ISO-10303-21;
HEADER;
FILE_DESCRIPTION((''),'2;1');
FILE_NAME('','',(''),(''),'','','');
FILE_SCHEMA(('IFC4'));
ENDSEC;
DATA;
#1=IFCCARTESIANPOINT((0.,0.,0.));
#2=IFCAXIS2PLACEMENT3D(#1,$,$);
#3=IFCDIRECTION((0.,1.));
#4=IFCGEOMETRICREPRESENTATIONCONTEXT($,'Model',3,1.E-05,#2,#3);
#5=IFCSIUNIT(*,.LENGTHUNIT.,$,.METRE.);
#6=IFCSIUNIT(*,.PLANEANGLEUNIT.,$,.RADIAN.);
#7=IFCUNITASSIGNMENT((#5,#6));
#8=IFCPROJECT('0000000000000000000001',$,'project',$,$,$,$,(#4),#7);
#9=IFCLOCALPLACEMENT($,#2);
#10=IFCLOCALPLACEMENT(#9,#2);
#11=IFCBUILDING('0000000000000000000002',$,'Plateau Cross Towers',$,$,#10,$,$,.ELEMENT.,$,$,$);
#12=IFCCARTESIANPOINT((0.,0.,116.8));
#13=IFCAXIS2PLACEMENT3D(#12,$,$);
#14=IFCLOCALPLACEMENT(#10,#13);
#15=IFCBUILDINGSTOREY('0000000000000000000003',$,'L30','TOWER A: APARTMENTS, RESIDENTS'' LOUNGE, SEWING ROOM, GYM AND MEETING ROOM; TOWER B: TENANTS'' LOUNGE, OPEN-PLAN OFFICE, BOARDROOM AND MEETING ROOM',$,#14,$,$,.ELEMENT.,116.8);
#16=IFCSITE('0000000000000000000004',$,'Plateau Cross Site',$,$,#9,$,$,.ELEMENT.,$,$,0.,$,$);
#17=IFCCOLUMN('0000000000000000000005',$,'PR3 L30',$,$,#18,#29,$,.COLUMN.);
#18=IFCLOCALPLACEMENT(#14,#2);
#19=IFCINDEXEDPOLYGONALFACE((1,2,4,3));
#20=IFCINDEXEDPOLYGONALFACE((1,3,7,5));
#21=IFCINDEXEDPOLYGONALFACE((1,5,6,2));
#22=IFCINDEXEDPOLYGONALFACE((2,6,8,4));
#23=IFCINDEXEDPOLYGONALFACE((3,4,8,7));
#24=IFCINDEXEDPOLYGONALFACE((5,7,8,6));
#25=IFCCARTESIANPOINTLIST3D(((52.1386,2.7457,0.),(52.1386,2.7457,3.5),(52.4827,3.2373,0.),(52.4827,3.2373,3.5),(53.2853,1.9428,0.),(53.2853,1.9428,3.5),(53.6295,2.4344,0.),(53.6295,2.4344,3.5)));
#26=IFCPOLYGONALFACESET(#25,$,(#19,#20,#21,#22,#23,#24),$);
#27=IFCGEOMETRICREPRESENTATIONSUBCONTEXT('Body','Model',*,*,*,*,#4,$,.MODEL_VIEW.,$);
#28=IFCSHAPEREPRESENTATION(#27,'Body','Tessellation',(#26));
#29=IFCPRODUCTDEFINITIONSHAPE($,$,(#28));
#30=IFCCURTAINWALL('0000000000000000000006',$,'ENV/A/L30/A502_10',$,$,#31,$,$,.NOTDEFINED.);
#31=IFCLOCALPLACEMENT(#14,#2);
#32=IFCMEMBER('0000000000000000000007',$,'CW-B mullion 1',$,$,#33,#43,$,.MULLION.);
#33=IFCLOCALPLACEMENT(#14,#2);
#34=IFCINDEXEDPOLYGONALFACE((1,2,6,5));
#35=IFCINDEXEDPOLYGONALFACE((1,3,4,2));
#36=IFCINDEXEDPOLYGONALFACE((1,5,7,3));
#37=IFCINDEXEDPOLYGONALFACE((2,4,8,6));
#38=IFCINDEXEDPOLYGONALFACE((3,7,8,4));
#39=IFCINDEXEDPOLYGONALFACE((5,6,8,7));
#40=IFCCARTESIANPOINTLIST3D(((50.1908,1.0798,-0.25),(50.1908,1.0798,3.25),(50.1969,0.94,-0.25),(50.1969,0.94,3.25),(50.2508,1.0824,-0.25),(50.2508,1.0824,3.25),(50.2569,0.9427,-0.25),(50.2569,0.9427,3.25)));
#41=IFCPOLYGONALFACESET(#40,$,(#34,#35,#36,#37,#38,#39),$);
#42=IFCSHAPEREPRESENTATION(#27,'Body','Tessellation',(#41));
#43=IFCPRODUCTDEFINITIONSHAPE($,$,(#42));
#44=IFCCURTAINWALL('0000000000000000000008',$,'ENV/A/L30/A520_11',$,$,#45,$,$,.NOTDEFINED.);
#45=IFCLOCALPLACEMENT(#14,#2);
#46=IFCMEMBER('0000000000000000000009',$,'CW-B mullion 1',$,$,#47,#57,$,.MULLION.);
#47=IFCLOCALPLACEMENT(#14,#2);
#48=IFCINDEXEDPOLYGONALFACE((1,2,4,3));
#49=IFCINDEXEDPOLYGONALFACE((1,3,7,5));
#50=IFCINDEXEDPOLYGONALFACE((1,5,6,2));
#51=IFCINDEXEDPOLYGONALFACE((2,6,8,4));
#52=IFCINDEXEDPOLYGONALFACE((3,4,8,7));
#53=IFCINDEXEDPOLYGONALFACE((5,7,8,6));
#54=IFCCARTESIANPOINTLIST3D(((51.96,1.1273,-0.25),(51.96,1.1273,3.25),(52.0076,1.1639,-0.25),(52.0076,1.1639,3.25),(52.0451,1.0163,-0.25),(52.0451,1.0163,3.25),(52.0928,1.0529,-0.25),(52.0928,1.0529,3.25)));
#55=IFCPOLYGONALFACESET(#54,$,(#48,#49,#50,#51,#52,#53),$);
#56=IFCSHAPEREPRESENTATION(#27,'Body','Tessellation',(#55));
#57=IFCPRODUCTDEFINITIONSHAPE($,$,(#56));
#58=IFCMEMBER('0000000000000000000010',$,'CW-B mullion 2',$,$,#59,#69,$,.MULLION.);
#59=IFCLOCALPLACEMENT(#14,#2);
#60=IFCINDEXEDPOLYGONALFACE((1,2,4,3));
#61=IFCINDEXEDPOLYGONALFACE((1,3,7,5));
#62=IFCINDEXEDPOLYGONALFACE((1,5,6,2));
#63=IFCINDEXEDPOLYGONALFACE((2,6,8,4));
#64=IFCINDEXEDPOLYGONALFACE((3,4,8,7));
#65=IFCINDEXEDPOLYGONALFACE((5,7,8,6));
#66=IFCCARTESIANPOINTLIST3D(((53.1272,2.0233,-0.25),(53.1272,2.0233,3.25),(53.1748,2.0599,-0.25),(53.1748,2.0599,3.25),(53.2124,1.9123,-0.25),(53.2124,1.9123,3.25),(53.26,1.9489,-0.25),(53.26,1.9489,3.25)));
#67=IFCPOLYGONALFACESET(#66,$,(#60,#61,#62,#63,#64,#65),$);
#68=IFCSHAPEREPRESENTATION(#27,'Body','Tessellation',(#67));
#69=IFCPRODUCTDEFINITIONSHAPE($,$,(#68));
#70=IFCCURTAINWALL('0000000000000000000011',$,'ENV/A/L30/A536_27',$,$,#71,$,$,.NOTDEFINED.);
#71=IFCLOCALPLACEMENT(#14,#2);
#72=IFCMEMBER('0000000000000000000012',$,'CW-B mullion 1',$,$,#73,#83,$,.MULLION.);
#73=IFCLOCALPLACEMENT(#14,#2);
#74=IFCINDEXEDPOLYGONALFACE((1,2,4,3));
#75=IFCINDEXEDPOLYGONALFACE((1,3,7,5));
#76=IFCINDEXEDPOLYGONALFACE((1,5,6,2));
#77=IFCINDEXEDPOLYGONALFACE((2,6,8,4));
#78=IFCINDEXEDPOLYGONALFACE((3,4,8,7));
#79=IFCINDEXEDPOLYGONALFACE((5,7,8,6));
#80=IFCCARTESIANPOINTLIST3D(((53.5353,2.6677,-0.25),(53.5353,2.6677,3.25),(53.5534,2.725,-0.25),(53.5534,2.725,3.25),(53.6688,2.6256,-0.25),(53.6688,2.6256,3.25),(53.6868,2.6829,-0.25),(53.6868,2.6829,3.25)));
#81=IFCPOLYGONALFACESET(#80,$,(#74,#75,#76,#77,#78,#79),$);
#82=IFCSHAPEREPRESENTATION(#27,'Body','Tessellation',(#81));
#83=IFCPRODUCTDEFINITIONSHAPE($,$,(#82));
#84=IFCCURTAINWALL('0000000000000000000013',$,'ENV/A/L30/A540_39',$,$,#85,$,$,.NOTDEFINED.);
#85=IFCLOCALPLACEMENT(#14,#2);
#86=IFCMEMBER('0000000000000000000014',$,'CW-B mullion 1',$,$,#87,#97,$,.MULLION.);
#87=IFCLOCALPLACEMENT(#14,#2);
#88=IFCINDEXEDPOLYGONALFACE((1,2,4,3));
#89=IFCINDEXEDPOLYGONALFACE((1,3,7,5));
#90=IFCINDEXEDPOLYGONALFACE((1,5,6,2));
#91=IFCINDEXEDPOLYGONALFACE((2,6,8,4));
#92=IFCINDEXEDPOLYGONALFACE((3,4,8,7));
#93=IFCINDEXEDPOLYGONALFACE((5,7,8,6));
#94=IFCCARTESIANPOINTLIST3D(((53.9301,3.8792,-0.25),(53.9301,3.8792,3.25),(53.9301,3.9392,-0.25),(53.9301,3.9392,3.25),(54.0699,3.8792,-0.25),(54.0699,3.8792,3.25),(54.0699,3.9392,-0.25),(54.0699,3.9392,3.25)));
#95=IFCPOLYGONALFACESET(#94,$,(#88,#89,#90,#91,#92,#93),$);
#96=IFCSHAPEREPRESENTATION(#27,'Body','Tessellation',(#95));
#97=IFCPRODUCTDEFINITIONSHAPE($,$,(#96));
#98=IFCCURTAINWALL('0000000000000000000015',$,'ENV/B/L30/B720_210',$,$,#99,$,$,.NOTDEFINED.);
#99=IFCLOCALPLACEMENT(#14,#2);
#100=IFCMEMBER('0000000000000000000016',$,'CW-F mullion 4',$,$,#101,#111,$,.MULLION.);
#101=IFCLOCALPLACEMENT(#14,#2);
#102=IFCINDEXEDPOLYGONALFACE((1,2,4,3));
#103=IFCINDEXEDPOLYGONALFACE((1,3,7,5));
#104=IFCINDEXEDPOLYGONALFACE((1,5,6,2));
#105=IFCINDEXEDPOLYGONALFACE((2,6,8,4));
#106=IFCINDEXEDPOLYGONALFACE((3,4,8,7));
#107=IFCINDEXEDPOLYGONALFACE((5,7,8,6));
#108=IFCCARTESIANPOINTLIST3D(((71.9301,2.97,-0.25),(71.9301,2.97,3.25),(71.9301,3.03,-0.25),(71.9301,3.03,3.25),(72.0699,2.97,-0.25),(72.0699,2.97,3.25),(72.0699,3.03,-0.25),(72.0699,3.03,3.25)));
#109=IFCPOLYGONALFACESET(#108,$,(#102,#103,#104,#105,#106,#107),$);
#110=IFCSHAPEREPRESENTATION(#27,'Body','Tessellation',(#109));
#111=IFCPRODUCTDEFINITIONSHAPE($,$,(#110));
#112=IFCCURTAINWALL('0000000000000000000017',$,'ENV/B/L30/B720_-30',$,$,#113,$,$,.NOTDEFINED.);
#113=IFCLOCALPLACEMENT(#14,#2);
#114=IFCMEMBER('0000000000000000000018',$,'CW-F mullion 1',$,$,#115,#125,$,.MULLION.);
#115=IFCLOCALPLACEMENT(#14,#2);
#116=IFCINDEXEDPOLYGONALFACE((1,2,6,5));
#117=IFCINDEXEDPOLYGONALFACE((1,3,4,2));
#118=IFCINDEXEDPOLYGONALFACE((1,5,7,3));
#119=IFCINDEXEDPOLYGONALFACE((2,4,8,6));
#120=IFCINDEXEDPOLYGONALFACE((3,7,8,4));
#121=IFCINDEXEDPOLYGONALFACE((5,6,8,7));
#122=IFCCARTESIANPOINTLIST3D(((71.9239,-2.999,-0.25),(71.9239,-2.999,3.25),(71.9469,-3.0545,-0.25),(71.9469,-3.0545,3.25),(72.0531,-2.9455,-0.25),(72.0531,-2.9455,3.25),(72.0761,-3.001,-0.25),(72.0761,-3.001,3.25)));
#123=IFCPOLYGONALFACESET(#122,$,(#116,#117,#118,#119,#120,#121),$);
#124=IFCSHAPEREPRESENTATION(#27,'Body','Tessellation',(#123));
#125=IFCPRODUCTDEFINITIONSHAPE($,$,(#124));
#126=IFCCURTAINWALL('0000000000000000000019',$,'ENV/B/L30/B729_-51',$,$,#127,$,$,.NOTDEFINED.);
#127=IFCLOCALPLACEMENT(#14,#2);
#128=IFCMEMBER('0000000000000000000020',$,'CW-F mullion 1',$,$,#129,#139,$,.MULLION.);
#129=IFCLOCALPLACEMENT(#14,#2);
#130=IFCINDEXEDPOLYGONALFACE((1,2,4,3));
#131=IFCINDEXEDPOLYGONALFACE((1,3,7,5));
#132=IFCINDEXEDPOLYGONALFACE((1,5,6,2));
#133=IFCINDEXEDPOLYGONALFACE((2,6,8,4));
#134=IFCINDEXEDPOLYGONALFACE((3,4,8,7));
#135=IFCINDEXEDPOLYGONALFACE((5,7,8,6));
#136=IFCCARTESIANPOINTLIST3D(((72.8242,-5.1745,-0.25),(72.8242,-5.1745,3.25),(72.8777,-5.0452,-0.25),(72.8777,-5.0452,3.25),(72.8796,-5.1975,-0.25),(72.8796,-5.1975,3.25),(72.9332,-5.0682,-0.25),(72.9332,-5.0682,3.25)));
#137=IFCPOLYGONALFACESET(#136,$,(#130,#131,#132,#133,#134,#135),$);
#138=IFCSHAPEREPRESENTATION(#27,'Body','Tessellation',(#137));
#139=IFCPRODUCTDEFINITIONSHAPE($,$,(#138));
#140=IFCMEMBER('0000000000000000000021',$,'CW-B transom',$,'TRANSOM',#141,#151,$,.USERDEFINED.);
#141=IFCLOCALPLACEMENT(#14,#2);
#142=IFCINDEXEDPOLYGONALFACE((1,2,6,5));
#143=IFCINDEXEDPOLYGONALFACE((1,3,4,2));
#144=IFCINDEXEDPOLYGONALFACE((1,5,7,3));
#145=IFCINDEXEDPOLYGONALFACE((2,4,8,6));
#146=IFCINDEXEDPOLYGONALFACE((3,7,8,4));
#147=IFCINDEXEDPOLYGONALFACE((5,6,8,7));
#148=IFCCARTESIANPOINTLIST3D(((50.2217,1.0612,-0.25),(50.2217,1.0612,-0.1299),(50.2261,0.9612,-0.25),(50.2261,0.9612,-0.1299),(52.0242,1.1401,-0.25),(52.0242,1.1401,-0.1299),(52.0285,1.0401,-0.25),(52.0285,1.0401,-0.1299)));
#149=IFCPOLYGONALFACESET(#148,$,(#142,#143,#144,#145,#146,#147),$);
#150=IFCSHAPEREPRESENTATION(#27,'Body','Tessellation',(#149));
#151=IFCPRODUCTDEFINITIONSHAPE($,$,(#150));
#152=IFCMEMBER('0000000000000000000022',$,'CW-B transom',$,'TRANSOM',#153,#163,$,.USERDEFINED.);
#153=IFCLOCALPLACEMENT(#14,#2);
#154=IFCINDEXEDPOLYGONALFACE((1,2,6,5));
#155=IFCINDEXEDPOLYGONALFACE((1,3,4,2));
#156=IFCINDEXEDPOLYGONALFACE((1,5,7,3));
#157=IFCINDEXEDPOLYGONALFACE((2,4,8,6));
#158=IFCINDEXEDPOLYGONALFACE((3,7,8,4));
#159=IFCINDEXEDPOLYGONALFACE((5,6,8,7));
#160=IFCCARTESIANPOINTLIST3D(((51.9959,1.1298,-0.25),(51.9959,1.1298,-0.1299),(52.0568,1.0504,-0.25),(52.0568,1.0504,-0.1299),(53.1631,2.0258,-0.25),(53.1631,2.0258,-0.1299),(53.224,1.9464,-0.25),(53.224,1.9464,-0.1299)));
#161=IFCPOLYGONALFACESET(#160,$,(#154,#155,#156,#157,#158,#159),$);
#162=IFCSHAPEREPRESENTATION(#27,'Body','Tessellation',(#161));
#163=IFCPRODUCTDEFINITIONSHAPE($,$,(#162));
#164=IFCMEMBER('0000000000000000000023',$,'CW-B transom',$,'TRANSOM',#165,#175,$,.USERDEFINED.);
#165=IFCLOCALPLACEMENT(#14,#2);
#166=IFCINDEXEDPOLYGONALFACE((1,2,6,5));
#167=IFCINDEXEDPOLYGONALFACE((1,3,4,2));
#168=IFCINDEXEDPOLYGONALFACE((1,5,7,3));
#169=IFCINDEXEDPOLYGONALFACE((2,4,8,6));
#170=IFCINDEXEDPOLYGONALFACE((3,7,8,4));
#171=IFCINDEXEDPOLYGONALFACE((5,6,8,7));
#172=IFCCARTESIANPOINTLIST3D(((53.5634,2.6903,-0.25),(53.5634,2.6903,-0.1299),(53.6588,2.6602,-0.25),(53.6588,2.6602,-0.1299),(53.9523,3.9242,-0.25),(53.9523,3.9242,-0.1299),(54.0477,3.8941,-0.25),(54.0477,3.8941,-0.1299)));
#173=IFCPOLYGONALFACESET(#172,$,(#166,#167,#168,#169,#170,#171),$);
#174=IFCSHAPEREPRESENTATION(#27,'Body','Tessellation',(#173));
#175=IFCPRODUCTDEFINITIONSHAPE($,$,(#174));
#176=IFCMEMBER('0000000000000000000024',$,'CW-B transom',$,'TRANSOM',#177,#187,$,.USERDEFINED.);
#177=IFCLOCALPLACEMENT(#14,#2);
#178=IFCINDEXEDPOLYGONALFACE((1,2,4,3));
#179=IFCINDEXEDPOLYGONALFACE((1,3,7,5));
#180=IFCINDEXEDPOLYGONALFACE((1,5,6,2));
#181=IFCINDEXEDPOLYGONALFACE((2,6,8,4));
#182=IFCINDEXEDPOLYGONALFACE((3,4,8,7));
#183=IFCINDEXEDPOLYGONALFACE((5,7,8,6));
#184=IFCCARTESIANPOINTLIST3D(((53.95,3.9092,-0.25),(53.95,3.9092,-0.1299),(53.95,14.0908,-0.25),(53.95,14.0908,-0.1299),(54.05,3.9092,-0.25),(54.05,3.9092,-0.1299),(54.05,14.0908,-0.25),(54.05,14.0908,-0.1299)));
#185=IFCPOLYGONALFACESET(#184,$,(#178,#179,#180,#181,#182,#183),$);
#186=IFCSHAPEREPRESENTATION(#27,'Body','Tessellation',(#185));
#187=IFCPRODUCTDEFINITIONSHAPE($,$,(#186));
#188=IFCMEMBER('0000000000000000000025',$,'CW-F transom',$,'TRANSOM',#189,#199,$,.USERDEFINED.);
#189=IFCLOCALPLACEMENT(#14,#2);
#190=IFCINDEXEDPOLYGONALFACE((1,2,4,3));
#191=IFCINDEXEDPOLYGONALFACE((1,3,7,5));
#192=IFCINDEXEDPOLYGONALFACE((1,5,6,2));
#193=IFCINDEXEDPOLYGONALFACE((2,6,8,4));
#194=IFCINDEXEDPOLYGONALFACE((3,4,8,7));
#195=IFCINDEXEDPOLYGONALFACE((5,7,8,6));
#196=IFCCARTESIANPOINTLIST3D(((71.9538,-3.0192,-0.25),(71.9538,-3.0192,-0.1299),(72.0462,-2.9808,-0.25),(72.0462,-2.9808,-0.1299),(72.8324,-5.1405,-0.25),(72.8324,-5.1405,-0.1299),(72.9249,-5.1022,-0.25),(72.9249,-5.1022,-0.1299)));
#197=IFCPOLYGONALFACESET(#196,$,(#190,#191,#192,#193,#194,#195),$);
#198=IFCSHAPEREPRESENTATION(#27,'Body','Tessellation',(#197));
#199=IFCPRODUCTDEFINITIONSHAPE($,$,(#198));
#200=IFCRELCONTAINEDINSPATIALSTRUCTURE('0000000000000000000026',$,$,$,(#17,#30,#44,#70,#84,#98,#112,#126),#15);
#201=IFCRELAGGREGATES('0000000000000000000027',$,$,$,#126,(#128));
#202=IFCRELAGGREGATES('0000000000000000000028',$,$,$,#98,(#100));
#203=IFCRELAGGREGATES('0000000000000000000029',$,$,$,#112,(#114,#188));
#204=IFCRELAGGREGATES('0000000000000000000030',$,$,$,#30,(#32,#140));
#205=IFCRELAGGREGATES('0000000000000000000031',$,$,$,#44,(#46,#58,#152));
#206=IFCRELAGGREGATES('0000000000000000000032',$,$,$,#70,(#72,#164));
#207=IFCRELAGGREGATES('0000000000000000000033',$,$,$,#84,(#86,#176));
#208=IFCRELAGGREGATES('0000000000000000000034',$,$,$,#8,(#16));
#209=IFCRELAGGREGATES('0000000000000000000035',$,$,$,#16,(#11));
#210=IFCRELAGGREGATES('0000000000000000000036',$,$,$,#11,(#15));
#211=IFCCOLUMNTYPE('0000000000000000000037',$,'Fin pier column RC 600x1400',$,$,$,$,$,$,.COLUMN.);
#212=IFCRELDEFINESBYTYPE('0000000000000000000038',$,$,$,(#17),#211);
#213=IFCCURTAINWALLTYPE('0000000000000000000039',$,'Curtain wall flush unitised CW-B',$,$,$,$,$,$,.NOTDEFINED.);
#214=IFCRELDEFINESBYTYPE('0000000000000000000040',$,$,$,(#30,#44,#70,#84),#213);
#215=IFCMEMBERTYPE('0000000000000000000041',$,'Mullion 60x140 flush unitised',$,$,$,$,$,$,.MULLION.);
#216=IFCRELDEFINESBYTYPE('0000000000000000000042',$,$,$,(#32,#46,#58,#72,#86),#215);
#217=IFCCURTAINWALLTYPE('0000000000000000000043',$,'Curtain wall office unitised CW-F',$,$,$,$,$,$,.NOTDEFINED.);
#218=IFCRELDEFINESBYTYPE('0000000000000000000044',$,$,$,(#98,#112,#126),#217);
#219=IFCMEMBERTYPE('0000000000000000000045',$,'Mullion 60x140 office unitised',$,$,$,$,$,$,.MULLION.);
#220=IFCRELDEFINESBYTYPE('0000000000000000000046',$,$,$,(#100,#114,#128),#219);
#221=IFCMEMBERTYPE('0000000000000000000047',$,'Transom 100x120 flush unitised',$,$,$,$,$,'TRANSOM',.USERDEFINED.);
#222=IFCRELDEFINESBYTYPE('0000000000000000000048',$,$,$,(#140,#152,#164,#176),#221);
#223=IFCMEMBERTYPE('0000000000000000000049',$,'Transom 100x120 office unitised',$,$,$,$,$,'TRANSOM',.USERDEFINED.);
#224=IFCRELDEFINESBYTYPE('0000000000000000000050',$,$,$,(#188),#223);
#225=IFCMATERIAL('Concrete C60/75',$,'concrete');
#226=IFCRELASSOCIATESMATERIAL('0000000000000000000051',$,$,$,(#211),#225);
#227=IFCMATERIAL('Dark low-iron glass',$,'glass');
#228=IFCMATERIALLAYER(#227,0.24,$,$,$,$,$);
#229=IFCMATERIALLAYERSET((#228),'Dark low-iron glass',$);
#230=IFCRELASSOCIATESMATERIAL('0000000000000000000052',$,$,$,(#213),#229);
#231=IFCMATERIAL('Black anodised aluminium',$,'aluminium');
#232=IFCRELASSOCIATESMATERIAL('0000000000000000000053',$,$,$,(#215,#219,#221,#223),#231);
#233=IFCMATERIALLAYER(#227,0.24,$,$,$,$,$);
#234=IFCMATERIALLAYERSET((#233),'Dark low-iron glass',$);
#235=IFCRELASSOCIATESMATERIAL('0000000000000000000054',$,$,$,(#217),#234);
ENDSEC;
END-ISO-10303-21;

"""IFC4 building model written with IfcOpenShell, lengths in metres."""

from ifc_helpers import new_model, si_unit, direction, frame, origin, origin_2d, place, context, subcontext, project, spatial, rectangle, extrude, material, layer, layer_set, material_profile, profile_set, type_object, element, aggregate, save


model = new_model("IFC4")

# Units and contexts
model_context = context("Model", 3, precision=1e-05, world=origin(), true_north=direction((0.0, 1.0)))
body_context = subcontext(model_context, "Body", "Model", "MODEL_VIEW")
ifc_project = project(units=[si_unit("LENGTHUNIT", "METRE"), si_unit("PLANEANGLEUNIT", "RADIAN")], contexts=[model_context])

# Site, building, storey
site_placement = place(None, origin())
site = spatial("IfcSite", under=ifc_project, at=site_placement, Name="Plateau Cross Site", CompositionType="ELEMENT", RefElevation=0.0)
building_placement = place(site_placement, origin())
building = spatial("IfcBuilding", under=site, at=building_placement, Name="Plateau Cross Towers", CompositionType="ELEMENT")
storey_placement = place(building_placement, frame((0.0, 0.0, 116.8)))
storey = spatial("IfcBuildingStorey", under=building, at=storey_placement, Name="L30", Description="TOWER A: APARTMENTS, RESIDENTS' LOUNGE, SEWING ROOM, GYM AND MEETING ROOM; TOWER B: TENANTS' LOUNGE, OPEN-PLAN OFFICE, BOARDROOM AND MEETING ROOM", CompositionType="ELEMENT", Elevation=116.8)

# Column
ifc_material_1 = material(Name="Concrete C60/75", Category="concrete")
ifc_material_profile_1 = material_profile(ifc_material_1, rectangle(XDim=0.6001, YDim=1.3999, at=origin_2d()), Name="RC 600x1400")
ifc_profile_set_1 = profile_set([ifc_material_profile_1], Name="Concrete C60/75")
column_type = type_object("IfcColumnType", Name="Fin pier column RC 600x1400", PredefinedType="COLUMN", material=ifc_profile_set_1)
column_placement = place(storey_placement, frame((52.884, 2.5901, 0.0), z_axis=(0.0, 0.0, 1.0), x_axis=(0.573543, 0.819176, 0.0)))
element("IfcColumn", 1, at=column_placement, inside=storey, type_object=column_type, Name="PR3 L30", PredefinedType="COLUMN", context=body_context, shape_type="SweptSolid", body=[
    extrude(rectangle(XDim=0.6001, YDim=1.3999, at=origin_2d()), origin(), (0.0, 0.0, 1.0), 3.5),
])

# Curtain wall, member
ifc_material_2 = material(Name="Dark low-iron glass", Category="glass")
ifc_layer_1 = layer(ifc_material_2, 0.24)
ifc_layer_set_1 = layer_set([ifc_layer_1], Name="Dark low-iron glass")
curtain_wall_type_1 = type_object("IfcCurtainWallType", Name="Curtain wall flush unitised CW-B", PredefinedType="NOTDEFINED", material=ifc_layer_set_1)
curtain_wall_1_placement = place(storey_placement, origin())
curtain_wall_1 = element("IfcCurtainWall", 2, at=curtain_wall_1_placement, inside=storey, type_object=curtain_wall_type_1, Name="ENV/A/L30/A502_10", PredefinedType="NOTDEFINED")
ifc_material_3 = material(Name="Black anodised aluminium", Category="aluminium")
ifc_material_profile_2 = material_profile(ifc_material_3, rectangle(XDim=0.0601, YDim=0.1399, at=origin_2d()), Name="MULLION 60x140")
ifc_profile_set_2 = profile_set([ifc_material_profile_2], Name="Black anodised aluminium")
member_type_1 = type_object("IfcMemberType", Name="Mullion 60x140 flush unitised", PredefinedType="MULLION", material=ifc_profile_set_2)
member_1_placement = place(storey_placement, frame((50.2239, 1.0112, -0.25), z_axis=(0.0, 0.0, 1.0), x_axis=(0.999044, 0.043723, 0.0)))
member_1 = element("IfcMember", 3, at=member_1_placement, type_object=member_type_1, Name="CW-B mullion 1", PredefinedType="MULLION", context=body_context, shape_type="SweptSolid", body=[
    extrude(rectangle(XDim=0.0601, YDim=0.1399, at=origin_2d()), origin(), (0.0, 0.0, 1.0), 3.5),
])

# Curtain wall, members
curtain_wall_2_placement = place(storey_placement, origin())
curtain_wall_2 = element("IfcCurtainWall", 4, at=curtain_wall_2_placement, inside=storey, type_object=curtain_wall_type_1, Name="ENV/A/L30/A520_11", PredefinedType="NOTDEFINED")
member_2_placement = place(storey_placement, frame((52.0264, 1.0901, -0.25), z_axis=(0.0, 0.0, 1.0), x_axis=(0.793316, 0.608811, 0.0)))
member_2 = element("IfcMember", 5, at=member_2_placement, type_object=member_type_1, Name="CW-B mullion 1", PredefinedType="MULLION", context=body_context, shape_type="SweptSolid", body=[
    extrude(rectangle(XDim=0.0601, YDim=0.1399, at=origin_2d()), origin(), (0.0, 0.0, 1.0), 3.5),
])
member_3_placement = place(storey_placement, frame((53.1936, 1.9861, -0.25), z_axis=(0.0, 0.0, 1.0), x_axis=(0.793316, 0.608811, 0.0)))
member_3 = element("IfcMember", 6, at=member_3_placement, type_object=member_type_1, Name="CW-B mullion 2", PredefinedType="MULLION", context=body_context, shape_type="SweptSolid", body=[
    extrude(rectangle(XDim=0.0601, YDim=0.1399, at=origin_2d()), origin(), (0.0, 0.0, 1.0), 3.5),
])

# Curtain walls, members
curtain_wall_3_placement = place(storey_placement, origin())
curtain_wall_3 = element("IfcCurtainWall", 7, at=curtain_wall_3_placement, inside=storey, type_object=curtain_wall_type_1, Name="ENV/A/L30/A536_27", PredefinedType="NOTDEFINED")
member_4_placement = place(storey_placement, frame((53.6111, 2.6753, -0.25), z_axis=(0.0, 0.0, 1.0), x_axis=(0.300686, 0.953723, 0.0)))
member_4 = element("IfcMember", 8, at=member_4_placement, type_object=member_type_1, Name="CW-B mullion 1", PredefinedType="MULLION", context=body_context, shape_type="SweptSolid", body=[
    extrude(rectangle(XDim=0.0601, YDim=0.1399, at=origin_2d()), origin(), (0.0, 0.0, 1.0), 3.5),
])
curtain_wall_4_placement = place(storey_placement, origin())
curtain_wall_4 = element("IfcCurtainWall", 9, at=curtain_wall_4_placement, inside=storey, type_object=curtain_wall_type_1, Name="ENV/A/L30/A540_39", PredefinedType="NOTDEFINED")
member_5_placement = place(storey_placement, frame((54.0, 3.9092, -0.25), z_axis=(0.0, 0.0, 1.0), x_axis=(0.0, 1.0, 0.0)))
member_5 = element("IfcMember", 10, at=member_5_placement, type_object=member_type_1, Name="CW-B mullion 1", PredefinedType="MULLION", context=body_context, shape_type="SweptSolid", body=[
    extrude(rectangle(XDim=0.0601, YDim=0.1399, at=origin_2d()), origin(), (0.0, 0.0, 1.0), 3.5),
])
ifc_layer_2 = layer(ifc_material_2, 0.24)
ifc_layer_set_2 = layer_set([ifc_layer_2], Name="Dark low-iron glass")
curtain_wall_type_2 = type_object("IfcCurtainWallType", Name="Curtain wall office unitised CW-F", PredefinedType="NOTDEFINED", material=ifc_layer_set_2)
curtain_wall_5_placement = place(storey_placement, origin())
curtain_wall_5 = element("IfcCurtainWall", 11, at=curtain_wall_5_placement, inside=storey, type_object=curtain_wall_type_2, Name="ENV/B/L30/B720_210", PredefinedType="NOTDEFINED")
ifc_material_profile_3 = material_profile(ifc_material_3, rectangle(XDim=0.0601, YDim=0.1399, at=origin_2d()), Name="MULLION 60x140")
ifc_profile_set_3 = profile_set([ifc_material_profile_3], Name="Black anodised aluminium")
member_type_2 = type_object("IfcMemberType", Name="Mullion 60x140 office unitised", PredefinedType="MULLION", material=ifc_profile_set_3)
member_6_placement = place(storey_placement, frame((72.0, 3.0, -0.25), z_axis=(0.0, 0.0, 1.0), x_axis=(0.0, -1.0, 0.0)))
member_6 = element("IfcMember", 12, at=member_6_placement, type_object=member_type_2, Name="CW-F mullion 4", PredefinedType="MULLION", context=body_context, shape_type="SweptSolid", body=[
    extrude(rectangle(XDim=0.0601, YDim=0.1399, at=origin_2d()), origin(), (0.0, 0.0, 1.0), 3.5),
])
curtain_wall_6_placement = place(storey_placement, origin())
curtain_wall_6 = element("IfcCurtainWall", 13, at=curtain_wall_6_placement, inside=storey, type_object=curtain_wall_type_2, Name="ENV/B/L30/B720_-30", PredefinedType="NOTDEFINED")
member_7_placement = place(storey_placement, frame((72.0, -3.0, -0.25), z_axis=(0.0, 0.0, 1.0), x_axis=(0.382684, -0.923879, 0.0)))
member_7 = element("IfcMember", 14, at=member_7_placement, type_object=member_type_2, Name="CW-F mullion 1", PredefinedType="MULLION", context=body_context, shape_type="SweptSolid", body=[
    extrude(rectangle(XDim=0.0601, YDim=0.1399, at=origin_2d()), origin(), (0.0, 0.0, 1.0), 3.5),
])
curtain_wall_7_placement = place(storey_placement, origin())
curtain_wall_7 = element("IfcCurtainWall", 15, at=curtain_wall_7_placement, inside=storey, type_object=curtain_wall_type_2, Name="ENV/B/L30/B729_-51", PredefinedType="NOTDEFINED")
member_8_placement = place(storey_placement, frame((72.8787, -5.1213, -0.25), z_axis=(0.0, 0.0, 1.0), x_axis=(0.923879, -0.382684, 0.0)))
member_8 = element("IfcMember", 16, at=member_8_placement, type_object=member_type_2, Name="CW-F mullion 1", PredefinedType="MULLION", context=body_context, shape_type="SweptSolid", body=[
    extrude(rectangle(XDim=0.0601, YDim=0.1399, at=origin_2d()), origin(), (0.0, 0.0, 1.0), 3.5),
])

# Members
ifc_material_profile_4 = material_profile(ifc_material_3, rectangle(XDim=0.1001, YDim=0.1201, at=origin_2d()), Name="TRANSOM 100x120")
ifc_profile_set_4 = profile_set([ifc_material_profile_4], Name="Black anodised aluminium")
member_type_3 = type_object("IfcMemberType", Name="Transom 100x120 flush unitised", ElementType="TRANSOM", PredefinedType="USERDEFINED", material=ifc_profile_set_4)
member_9_placement = place(storey_placement, frame((50.2239, 1.0112, -0.1899), z_axis=(0.999044, 0.043707, 0.0), x_axis=(-0.043707, 0.999044, 0.0)))
member_9 = element("IfcMember", 17, at=member_9_placement, type_object=member_type_3, Name="CW-B transom", ObjectType="TRANSOM", PredefinedType="USERDEFINED", context=body_context, shape_type="SweptSolid", body=[
    extrude(rectangle(XDim=0.1001, YDim=0.1201, at=origin_2d()), origin(), (0.0, 0.0, 1.0), 1.8042),
])
member_10_placement = place(storey_placement, frame((52.0264, 1.0901, -0.1899), z_axis=(0.79324, 0.608909, 0.0), x_axis=(-0.608909, 0.79324, 0.0)))
member_10 = element("IfcMember", 18, at=member_10_placement, type_object=member_type_3, Name="CW-B transom", ObjectType="TRANSOM", PredefinedType="USERDEFINED", context=body_context, shape_type="SweptSolid", body=[
    extrude(rectangle(XDim=0.1001, YDim=0.1201, at=origin_2d()), origin(), (0.0, 0.0, 1.0), 1.4714),
])
member_11_placement = place(storey_placement, frame((53.6111, 2.6753, -0.1899), z_axis=(0.300617, 0.953745, 0.0), x_axis=(-0.953745, 0.300617, 0.0)))
member_11 = element("IfcMember", 19, at=member_11_placement, type_object=member_type_3, Name="CW-B transom", ObjectType="TRANSOM", PredefinedType="USERDEFINED", context=body_context, shape_type="SweptSolid", body=[
    extrude(rectangle(XDim=0.1001, YDim=0.1201, at=origin_2d()), origin(), (0.0, 0.0, 1.0), 1.2937),
])
member_12_placement = place(storey_placement, frame((54.0, 3.9092, -0.1899), z_axis=(0.0, 1.0, 0.0), x_axis=(-1.0, 0.0, 0.0)))
member_12 = element("IfcMember", 20, at=member_12_placement, type_object=member_type_3, Name="CW-B transom", ObjectType="TRANSOM", PredefinedType="USERDEFINED", context=body_context, shape_type="SweptSolid", body=[
    extrude(rectangle(XDim=0.1001, YDim=0.1201, at=origin_2d()), origin(), (0.0, 0.0, 1.0), 10.1816),
])
ifc_material_profile_5 = material_profile(ifc_material_3, rectangle(XDim=0.1001, YDim=0.1201, at=origin_2d()), Name="TRANSOM 100x120")
ifc_profile_set_5 = profile_set([ifc_material_profile_5], Name="Black anodised aluminium")
member_type_4 = type_object("IfcMemberType", Name="Transom 100x120 office unitised", ElementType="TRANSOM", PredefinedType="USERDEFINED", material=ifc_profile_set_5)
member_13_placement = place(storey_placement, frame((72.0, -3.0, -0.1899), z_axis=(0.382674, -0.923883, 0.0), x_axis=(0.923883, 0.382674, 0.0)))
member_13 = element("IfcMember", 21, at=member_13_placement, type_object=member_type_4, Name="CW-F transom", ObjectType="TRANSOM", PredefinedType="USERDEFINED", context=body_context, shape_type="SweptSolid", body=[
    extrude(rectangle(XDim=0.1001, YDim=0.1201, at=origin_2d()), origin(), (0.0, 0.0, 1.0), 2.2961),
])
aggregate(curtain_wall_7, [member_8])

aggregate(curtain_wall_5, [member_6])
aggregate(curtain_wall_6, [member_7, member_13])
aggregate(curtain_wall_1, [member_1, member_9])
aggregate(curtain_wall_2, [member_2, member_3, member_10])
aggregate(curtain_wall_3, [member_4, member_11])
aggregate(curtain_wall_4, [member_5, member_12])

save(model, "model.ifc")
